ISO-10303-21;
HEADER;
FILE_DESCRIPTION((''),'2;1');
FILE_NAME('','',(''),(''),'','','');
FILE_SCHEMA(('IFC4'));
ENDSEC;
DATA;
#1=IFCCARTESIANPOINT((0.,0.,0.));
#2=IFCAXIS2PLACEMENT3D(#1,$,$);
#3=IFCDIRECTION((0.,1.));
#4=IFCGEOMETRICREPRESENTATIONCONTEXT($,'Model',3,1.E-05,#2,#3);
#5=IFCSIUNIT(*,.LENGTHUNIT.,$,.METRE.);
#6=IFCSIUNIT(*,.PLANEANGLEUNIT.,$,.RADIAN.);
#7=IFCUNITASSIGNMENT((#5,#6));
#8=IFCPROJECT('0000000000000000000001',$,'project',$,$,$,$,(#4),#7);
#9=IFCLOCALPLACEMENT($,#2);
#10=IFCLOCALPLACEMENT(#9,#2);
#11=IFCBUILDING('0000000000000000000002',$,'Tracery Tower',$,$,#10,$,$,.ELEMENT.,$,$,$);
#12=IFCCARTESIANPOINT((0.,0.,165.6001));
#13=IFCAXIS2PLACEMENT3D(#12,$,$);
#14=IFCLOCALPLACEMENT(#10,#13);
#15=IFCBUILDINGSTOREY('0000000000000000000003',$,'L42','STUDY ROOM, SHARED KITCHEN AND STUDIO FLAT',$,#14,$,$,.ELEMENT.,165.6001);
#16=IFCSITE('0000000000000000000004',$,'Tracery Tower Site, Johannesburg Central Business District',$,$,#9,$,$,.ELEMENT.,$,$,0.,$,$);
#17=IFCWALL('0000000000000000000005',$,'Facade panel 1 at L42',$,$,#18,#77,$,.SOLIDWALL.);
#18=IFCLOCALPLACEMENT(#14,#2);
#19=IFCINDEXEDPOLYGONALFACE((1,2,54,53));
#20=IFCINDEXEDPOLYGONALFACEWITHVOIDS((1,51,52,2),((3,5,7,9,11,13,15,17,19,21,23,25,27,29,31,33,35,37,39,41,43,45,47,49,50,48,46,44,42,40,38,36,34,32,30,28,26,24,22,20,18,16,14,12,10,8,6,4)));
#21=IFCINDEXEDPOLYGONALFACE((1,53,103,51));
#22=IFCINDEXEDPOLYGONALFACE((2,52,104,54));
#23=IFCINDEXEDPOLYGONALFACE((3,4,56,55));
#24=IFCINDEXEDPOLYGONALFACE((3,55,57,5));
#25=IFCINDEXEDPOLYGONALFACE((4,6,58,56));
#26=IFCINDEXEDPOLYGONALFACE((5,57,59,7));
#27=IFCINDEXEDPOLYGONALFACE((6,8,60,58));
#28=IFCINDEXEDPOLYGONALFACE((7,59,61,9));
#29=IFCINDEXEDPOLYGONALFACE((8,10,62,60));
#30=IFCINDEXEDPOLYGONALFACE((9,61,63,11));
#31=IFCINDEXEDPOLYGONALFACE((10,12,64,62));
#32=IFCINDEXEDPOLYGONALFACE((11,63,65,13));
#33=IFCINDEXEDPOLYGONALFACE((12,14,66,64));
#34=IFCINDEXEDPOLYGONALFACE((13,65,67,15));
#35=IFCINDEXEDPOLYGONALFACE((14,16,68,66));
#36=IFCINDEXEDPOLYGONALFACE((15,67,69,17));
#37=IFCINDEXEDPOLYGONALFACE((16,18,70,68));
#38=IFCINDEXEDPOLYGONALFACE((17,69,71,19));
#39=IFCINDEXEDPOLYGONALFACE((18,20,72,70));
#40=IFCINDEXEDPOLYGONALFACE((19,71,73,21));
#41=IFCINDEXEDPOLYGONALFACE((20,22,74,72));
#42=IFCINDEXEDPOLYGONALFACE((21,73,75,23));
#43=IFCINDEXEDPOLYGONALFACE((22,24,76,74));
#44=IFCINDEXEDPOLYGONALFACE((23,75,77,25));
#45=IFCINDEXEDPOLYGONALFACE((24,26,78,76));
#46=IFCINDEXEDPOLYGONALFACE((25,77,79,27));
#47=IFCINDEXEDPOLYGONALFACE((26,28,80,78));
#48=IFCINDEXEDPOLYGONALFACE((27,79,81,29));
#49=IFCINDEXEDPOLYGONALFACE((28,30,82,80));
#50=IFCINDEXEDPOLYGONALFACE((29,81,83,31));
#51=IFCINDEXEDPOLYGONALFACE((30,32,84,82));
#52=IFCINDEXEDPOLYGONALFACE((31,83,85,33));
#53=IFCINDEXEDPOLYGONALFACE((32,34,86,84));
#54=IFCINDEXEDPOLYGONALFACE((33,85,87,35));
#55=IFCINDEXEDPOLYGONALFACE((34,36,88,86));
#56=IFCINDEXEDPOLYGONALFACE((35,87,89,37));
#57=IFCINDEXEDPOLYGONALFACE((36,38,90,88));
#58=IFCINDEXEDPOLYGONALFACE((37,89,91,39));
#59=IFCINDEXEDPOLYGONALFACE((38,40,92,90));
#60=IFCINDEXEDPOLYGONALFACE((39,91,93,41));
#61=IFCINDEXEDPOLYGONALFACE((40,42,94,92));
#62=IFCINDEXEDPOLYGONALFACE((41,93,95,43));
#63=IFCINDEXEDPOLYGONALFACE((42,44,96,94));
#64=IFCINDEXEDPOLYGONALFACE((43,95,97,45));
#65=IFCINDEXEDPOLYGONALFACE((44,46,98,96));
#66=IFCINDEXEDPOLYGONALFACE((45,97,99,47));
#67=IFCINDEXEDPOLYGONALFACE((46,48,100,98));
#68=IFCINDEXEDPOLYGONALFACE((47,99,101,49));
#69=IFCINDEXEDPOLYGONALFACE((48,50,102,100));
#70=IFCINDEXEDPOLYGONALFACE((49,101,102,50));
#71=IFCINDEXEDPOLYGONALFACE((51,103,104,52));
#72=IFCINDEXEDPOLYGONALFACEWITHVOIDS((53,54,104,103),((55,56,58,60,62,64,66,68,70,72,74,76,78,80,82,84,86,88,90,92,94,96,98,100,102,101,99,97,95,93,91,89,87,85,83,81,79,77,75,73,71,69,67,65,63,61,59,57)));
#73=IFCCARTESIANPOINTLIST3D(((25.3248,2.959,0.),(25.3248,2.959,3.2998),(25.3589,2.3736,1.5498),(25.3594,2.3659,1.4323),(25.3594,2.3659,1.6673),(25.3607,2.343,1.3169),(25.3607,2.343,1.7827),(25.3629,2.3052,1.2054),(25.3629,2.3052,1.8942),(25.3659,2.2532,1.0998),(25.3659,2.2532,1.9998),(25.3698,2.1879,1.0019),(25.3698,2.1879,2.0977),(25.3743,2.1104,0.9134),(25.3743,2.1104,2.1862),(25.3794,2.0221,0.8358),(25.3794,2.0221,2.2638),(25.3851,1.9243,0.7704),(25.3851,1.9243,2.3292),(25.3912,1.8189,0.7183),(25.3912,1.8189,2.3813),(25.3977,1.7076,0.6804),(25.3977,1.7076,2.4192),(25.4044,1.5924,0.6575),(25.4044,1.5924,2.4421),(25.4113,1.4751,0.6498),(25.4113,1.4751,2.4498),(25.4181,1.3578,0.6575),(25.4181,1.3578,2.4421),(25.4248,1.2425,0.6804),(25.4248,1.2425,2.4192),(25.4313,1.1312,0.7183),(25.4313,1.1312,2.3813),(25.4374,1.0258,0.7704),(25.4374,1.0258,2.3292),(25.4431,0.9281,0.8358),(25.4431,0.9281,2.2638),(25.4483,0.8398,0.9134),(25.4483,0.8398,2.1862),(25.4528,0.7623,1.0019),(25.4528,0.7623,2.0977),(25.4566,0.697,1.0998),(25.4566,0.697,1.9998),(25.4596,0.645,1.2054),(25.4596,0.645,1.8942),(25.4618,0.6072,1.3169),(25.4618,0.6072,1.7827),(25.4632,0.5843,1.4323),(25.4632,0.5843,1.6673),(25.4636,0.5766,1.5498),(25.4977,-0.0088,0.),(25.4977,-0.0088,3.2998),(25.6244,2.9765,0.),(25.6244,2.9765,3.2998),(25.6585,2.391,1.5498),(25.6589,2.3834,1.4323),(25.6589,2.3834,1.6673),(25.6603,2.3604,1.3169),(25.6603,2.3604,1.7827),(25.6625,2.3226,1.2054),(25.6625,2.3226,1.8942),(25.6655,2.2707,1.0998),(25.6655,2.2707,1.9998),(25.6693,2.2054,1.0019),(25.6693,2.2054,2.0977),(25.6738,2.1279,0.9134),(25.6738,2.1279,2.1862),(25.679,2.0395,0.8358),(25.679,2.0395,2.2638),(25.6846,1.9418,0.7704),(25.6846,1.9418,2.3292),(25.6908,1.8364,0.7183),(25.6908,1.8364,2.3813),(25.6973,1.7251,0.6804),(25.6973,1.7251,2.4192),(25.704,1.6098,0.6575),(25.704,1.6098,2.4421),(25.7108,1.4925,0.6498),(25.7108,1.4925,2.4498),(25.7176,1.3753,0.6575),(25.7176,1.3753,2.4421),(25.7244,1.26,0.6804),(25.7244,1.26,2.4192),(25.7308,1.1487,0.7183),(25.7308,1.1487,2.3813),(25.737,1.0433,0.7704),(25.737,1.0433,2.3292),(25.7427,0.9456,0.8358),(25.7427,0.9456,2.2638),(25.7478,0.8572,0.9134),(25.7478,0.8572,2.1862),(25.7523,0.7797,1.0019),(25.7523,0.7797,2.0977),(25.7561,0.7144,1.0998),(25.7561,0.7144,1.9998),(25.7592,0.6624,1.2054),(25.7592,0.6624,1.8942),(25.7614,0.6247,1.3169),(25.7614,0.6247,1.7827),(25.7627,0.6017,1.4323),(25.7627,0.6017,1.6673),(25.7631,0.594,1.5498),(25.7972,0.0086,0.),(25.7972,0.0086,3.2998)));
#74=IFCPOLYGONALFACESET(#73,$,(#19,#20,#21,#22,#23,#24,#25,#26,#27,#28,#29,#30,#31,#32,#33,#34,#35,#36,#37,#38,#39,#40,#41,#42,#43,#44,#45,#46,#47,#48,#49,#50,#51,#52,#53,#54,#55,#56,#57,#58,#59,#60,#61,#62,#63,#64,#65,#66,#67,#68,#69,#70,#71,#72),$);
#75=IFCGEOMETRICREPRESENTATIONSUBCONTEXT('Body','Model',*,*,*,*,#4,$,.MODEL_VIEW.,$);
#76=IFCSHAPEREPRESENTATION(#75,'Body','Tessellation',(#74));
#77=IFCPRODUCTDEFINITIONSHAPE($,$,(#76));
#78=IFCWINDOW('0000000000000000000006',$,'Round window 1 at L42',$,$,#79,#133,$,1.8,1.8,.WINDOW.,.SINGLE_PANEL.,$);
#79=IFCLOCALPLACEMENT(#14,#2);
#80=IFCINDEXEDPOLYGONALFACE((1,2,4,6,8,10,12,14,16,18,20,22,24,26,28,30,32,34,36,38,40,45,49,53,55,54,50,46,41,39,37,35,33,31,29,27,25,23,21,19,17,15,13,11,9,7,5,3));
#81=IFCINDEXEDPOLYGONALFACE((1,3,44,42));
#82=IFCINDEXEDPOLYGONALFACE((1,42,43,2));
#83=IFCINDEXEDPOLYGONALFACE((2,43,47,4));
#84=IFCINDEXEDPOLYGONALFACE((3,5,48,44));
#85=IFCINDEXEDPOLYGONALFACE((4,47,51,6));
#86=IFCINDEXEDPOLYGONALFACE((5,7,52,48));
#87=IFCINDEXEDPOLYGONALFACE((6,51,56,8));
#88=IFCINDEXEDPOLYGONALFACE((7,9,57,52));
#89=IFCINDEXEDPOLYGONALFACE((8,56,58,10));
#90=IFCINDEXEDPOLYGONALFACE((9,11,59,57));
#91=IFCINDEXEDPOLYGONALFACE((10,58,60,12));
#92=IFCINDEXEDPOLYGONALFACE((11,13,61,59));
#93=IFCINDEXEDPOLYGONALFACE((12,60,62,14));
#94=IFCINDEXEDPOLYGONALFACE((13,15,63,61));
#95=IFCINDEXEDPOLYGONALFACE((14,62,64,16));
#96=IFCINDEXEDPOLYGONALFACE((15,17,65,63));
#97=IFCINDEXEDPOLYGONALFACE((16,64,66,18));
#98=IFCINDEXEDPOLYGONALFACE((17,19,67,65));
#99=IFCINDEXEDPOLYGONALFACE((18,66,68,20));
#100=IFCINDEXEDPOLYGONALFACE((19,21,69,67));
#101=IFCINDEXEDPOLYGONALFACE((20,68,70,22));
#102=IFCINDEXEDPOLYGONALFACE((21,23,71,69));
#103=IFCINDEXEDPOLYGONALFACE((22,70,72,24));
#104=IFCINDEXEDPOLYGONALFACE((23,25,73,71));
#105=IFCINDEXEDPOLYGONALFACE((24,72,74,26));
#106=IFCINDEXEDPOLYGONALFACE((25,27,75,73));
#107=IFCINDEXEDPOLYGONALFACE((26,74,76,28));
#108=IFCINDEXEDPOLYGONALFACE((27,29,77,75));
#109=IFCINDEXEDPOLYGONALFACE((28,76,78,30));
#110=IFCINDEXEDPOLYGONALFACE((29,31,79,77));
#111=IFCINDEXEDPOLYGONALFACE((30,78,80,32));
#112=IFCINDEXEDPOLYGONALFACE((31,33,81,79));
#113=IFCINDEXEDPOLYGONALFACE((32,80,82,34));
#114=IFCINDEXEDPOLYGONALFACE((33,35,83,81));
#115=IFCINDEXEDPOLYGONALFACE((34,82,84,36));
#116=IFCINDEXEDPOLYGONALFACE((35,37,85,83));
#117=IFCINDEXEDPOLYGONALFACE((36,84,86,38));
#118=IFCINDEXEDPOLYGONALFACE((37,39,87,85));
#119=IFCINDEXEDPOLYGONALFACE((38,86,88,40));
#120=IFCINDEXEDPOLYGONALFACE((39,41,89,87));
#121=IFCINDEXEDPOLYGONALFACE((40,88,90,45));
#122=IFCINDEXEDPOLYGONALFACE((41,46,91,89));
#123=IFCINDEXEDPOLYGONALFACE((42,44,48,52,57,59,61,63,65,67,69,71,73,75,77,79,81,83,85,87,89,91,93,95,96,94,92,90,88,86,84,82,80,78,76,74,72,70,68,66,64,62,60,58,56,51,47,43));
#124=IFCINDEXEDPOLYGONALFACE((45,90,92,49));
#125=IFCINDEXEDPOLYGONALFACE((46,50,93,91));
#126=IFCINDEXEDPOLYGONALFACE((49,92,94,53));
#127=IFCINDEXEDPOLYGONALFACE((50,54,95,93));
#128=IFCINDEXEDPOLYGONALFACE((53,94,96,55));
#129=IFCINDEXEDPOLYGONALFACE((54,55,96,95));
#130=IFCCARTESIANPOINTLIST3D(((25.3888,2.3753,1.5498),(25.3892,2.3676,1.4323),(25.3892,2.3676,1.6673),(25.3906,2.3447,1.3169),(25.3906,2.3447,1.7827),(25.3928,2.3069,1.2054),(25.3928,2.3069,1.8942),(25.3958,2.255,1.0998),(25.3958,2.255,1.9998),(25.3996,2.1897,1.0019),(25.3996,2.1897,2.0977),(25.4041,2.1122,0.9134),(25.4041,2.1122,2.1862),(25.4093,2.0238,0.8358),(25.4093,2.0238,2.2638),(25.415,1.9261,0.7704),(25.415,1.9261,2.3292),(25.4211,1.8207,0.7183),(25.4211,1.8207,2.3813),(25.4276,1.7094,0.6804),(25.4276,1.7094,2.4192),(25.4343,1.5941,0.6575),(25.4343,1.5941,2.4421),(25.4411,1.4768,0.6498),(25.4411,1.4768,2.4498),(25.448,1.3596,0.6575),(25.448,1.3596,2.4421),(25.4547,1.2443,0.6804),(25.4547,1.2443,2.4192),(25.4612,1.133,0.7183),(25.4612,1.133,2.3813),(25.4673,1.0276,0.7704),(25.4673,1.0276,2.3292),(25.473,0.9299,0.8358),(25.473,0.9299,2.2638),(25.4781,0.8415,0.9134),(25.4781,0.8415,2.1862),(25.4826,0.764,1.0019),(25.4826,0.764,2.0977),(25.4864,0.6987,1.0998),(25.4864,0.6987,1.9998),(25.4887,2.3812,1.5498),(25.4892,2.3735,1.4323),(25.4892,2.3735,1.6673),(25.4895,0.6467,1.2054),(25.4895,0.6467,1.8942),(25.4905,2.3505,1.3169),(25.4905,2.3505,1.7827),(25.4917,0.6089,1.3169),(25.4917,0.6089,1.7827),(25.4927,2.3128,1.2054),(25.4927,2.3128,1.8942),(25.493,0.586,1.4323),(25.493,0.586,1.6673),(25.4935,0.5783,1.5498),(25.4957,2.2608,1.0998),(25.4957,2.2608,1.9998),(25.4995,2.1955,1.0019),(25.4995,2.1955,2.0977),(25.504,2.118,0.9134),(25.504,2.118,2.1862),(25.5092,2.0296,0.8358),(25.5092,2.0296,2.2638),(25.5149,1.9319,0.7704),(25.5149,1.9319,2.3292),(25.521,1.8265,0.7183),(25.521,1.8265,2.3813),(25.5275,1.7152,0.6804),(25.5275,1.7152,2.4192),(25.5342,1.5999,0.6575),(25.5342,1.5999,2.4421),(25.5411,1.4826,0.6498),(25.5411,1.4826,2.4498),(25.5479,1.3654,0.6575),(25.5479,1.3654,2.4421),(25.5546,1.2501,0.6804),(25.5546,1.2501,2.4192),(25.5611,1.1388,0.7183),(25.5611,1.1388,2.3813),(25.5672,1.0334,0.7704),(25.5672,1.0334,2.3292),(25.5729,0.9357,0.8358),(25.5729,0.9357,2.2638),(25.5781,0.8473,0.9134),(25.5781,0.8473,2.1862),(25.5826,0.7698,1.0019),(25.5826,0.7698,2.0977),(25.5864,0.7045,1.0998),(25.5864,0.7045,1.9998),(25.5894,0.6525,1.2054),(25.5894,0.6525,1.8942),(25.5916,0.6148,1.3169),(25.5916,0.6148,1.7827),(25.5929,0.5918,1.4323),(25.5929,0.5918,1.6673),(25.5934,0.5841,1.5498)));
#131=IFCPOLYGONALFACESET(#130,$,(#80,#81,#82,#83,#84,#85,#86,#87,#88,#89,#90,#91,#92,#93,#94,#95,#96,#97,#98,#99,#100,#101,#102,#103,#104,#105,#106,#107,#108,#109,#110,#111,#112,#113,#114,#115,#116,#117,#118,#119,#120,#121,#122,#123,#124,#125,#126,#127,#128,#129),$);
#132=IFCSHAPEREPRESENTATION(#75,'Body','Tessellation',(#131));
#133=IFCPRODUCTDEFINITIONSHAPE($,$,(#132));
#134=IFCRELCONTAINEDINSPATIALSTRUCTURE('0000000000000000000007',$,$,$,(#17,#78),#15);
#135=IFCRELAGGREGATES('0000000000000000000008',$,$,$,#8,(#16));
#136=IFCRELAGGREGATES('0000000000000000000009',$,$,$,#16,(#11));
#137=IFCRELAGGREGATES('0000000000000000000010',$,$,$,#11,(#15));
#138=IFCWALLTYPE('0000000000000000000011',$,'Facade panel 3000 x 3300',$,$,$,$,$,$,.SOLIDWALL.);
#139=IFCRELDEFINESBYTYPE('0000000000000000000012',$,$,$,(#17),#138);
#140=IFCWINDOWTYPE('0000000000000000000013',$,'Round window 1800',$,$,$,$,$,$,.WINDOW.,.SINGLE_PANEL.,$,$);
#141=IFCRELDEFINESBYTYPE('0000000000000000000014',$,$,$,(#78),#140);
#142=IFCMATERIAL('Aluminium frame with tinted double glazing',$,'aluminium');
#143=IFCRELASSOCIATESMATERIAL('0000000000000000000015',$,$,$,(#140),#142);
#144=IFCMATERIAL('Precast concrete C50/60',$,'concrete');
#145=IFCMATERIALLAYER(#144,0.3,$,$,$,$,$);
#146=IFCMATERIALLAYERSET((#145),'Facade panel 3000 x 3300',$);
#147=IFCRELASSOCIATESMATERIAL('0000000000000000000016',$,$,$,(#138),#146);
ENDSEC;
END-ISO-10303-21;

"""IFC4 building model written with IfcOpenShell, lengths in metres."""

from ifc_helpers import new_model, si_unit, direction, frame, frame_2d, origin, origin_2d, place, context, subcontext, project, spatial, rectangle, circle, extrude, material, layer, layer_set, type_object, element, fill, save


model = new_model("IFC4")

# Units and contexts
model_context = context("Model", 3, precision=1e-05, world=origin(), true_north=direction((0.0, 1.0)))
body_context = subcontext(model_context, "Body", "Model", "MODEL_VIEW")
ifc_project = project(units=[si_unit("LENGTHUNIT", "METRE"), si_unit("PLANEANGLEUNIT", "RADIAN")], contexts=[model_context])

# Site, building, storey
site_placement = place(None, origin())
site = spatial("IfcSite", under=ifc_project, at=site_placement, Name="Tracery Tower Site, Johannesburg Central Business District", CompositionType="ELEMENT", RefElevation=0.0)
building_placement = place(site_placement, origin())
building = spatial("IfcBuilding", under=site, at=building_placement, Name="Tracery Tower", CompositionType="ELEMENT")
storey_placement = place(building_placement, frame((0.0, 0.0, 165.6001)))
storey = spatial("IfcBuildingStorey", under=building, at=storey_placement, Name="L42", Description="STUDY ROOM, SHARED KITCHEN AND STUDIO FLAT", CompositionType="ELEMENT", Elevation=165.6001)

# Wall, opening, window
ifc_material_1 = material(Name="Aluminium frame with tinted double glazing", Category="aluminium")
window_type = type_object("IfcWindowType", Name="Round window 1800", PartitioningType="SINGLE_PANEL", PredefinedType="WINDOW", material=ifc_material_1)
ifc_material_2 = material(Name="Precast concrete C50/60", Category="concrete")
ifc_layer_1 = layer(ifc_material_2, 0.3)
ifc_layer_set_1 = layer_set([ifc_layer_1], Name="Facade panel 3000 x 3300")
wall_type_1 = type_object("IfcWallType", Name="Facade panel 3000 x 3300", PredefinedType="SOLIDWALL", material=ifc_layer_set_1)
wall_1_placement = place(storey_placement, frame((25.6475, 0.0, 0.0), z_axis=(0.0, 0.0, 1.0), x_axis=(-0.058144, 0.998308, 0.0)))
wall_1 = element("IfcWall", 1, at=wall_1_placement, inside=storey, type_object=wall_type_1, Name="Facade panel 1 at L42", PredefinedType="SOLIDWALL", context=body_context, shape_type="SweptSolid", body=[
    extrude(rectangle(XDim=2.9729, YDim=0.3, at=frame_2d((1.4863, 0.0))), origin(), (0.0, 0.0, 1.0), 3.2998),
])
opening_1_placement = place(wall_1_placement, frame((1.4863, 0.0, 1.5498)))
opening_1 = element("IfcOpeningElement", 2, at=opening_1_placement, cuts=wall_1, PredefinedType="OPENING", context=body_context, shape_type="SweptSolid", body=[
    extrude(circle(Radius=0.9, at=origin_2d()), frame((0.0, 0.1599, 0.0), z_axis=(0.0, -1.0, 0.0), x_axis=(1.0, 0.0, 0.0)), (0.0, 0.0, 1.0), 0.3201),
])
window_1_placement = place(opening_1_placement, origin())
window_1 = element("IfcWindow", 3, at=window_1_placement, inside=storey, type_object=window_type, Name="Round window 1 at L42", OverallHeight=1.8, OverallWidth=1.8, PartitioningType="SINGLE_PANEL", PredefinedType="WINDOW", context=body_context, shape_type="SweptSolid", body=[
    extrude(circle(Radius=0.9, at=origin_2d()), frame((0.0, 0.1201, 0.0), z_axis=(0.0, -1.0, 0.0), x_axis=(1.0, 0.0, 0.0)), (0.0, 0.0, 1.0), 0.1001),
])
fill(opening_1, window_1)

save(model, "model.ifc")
